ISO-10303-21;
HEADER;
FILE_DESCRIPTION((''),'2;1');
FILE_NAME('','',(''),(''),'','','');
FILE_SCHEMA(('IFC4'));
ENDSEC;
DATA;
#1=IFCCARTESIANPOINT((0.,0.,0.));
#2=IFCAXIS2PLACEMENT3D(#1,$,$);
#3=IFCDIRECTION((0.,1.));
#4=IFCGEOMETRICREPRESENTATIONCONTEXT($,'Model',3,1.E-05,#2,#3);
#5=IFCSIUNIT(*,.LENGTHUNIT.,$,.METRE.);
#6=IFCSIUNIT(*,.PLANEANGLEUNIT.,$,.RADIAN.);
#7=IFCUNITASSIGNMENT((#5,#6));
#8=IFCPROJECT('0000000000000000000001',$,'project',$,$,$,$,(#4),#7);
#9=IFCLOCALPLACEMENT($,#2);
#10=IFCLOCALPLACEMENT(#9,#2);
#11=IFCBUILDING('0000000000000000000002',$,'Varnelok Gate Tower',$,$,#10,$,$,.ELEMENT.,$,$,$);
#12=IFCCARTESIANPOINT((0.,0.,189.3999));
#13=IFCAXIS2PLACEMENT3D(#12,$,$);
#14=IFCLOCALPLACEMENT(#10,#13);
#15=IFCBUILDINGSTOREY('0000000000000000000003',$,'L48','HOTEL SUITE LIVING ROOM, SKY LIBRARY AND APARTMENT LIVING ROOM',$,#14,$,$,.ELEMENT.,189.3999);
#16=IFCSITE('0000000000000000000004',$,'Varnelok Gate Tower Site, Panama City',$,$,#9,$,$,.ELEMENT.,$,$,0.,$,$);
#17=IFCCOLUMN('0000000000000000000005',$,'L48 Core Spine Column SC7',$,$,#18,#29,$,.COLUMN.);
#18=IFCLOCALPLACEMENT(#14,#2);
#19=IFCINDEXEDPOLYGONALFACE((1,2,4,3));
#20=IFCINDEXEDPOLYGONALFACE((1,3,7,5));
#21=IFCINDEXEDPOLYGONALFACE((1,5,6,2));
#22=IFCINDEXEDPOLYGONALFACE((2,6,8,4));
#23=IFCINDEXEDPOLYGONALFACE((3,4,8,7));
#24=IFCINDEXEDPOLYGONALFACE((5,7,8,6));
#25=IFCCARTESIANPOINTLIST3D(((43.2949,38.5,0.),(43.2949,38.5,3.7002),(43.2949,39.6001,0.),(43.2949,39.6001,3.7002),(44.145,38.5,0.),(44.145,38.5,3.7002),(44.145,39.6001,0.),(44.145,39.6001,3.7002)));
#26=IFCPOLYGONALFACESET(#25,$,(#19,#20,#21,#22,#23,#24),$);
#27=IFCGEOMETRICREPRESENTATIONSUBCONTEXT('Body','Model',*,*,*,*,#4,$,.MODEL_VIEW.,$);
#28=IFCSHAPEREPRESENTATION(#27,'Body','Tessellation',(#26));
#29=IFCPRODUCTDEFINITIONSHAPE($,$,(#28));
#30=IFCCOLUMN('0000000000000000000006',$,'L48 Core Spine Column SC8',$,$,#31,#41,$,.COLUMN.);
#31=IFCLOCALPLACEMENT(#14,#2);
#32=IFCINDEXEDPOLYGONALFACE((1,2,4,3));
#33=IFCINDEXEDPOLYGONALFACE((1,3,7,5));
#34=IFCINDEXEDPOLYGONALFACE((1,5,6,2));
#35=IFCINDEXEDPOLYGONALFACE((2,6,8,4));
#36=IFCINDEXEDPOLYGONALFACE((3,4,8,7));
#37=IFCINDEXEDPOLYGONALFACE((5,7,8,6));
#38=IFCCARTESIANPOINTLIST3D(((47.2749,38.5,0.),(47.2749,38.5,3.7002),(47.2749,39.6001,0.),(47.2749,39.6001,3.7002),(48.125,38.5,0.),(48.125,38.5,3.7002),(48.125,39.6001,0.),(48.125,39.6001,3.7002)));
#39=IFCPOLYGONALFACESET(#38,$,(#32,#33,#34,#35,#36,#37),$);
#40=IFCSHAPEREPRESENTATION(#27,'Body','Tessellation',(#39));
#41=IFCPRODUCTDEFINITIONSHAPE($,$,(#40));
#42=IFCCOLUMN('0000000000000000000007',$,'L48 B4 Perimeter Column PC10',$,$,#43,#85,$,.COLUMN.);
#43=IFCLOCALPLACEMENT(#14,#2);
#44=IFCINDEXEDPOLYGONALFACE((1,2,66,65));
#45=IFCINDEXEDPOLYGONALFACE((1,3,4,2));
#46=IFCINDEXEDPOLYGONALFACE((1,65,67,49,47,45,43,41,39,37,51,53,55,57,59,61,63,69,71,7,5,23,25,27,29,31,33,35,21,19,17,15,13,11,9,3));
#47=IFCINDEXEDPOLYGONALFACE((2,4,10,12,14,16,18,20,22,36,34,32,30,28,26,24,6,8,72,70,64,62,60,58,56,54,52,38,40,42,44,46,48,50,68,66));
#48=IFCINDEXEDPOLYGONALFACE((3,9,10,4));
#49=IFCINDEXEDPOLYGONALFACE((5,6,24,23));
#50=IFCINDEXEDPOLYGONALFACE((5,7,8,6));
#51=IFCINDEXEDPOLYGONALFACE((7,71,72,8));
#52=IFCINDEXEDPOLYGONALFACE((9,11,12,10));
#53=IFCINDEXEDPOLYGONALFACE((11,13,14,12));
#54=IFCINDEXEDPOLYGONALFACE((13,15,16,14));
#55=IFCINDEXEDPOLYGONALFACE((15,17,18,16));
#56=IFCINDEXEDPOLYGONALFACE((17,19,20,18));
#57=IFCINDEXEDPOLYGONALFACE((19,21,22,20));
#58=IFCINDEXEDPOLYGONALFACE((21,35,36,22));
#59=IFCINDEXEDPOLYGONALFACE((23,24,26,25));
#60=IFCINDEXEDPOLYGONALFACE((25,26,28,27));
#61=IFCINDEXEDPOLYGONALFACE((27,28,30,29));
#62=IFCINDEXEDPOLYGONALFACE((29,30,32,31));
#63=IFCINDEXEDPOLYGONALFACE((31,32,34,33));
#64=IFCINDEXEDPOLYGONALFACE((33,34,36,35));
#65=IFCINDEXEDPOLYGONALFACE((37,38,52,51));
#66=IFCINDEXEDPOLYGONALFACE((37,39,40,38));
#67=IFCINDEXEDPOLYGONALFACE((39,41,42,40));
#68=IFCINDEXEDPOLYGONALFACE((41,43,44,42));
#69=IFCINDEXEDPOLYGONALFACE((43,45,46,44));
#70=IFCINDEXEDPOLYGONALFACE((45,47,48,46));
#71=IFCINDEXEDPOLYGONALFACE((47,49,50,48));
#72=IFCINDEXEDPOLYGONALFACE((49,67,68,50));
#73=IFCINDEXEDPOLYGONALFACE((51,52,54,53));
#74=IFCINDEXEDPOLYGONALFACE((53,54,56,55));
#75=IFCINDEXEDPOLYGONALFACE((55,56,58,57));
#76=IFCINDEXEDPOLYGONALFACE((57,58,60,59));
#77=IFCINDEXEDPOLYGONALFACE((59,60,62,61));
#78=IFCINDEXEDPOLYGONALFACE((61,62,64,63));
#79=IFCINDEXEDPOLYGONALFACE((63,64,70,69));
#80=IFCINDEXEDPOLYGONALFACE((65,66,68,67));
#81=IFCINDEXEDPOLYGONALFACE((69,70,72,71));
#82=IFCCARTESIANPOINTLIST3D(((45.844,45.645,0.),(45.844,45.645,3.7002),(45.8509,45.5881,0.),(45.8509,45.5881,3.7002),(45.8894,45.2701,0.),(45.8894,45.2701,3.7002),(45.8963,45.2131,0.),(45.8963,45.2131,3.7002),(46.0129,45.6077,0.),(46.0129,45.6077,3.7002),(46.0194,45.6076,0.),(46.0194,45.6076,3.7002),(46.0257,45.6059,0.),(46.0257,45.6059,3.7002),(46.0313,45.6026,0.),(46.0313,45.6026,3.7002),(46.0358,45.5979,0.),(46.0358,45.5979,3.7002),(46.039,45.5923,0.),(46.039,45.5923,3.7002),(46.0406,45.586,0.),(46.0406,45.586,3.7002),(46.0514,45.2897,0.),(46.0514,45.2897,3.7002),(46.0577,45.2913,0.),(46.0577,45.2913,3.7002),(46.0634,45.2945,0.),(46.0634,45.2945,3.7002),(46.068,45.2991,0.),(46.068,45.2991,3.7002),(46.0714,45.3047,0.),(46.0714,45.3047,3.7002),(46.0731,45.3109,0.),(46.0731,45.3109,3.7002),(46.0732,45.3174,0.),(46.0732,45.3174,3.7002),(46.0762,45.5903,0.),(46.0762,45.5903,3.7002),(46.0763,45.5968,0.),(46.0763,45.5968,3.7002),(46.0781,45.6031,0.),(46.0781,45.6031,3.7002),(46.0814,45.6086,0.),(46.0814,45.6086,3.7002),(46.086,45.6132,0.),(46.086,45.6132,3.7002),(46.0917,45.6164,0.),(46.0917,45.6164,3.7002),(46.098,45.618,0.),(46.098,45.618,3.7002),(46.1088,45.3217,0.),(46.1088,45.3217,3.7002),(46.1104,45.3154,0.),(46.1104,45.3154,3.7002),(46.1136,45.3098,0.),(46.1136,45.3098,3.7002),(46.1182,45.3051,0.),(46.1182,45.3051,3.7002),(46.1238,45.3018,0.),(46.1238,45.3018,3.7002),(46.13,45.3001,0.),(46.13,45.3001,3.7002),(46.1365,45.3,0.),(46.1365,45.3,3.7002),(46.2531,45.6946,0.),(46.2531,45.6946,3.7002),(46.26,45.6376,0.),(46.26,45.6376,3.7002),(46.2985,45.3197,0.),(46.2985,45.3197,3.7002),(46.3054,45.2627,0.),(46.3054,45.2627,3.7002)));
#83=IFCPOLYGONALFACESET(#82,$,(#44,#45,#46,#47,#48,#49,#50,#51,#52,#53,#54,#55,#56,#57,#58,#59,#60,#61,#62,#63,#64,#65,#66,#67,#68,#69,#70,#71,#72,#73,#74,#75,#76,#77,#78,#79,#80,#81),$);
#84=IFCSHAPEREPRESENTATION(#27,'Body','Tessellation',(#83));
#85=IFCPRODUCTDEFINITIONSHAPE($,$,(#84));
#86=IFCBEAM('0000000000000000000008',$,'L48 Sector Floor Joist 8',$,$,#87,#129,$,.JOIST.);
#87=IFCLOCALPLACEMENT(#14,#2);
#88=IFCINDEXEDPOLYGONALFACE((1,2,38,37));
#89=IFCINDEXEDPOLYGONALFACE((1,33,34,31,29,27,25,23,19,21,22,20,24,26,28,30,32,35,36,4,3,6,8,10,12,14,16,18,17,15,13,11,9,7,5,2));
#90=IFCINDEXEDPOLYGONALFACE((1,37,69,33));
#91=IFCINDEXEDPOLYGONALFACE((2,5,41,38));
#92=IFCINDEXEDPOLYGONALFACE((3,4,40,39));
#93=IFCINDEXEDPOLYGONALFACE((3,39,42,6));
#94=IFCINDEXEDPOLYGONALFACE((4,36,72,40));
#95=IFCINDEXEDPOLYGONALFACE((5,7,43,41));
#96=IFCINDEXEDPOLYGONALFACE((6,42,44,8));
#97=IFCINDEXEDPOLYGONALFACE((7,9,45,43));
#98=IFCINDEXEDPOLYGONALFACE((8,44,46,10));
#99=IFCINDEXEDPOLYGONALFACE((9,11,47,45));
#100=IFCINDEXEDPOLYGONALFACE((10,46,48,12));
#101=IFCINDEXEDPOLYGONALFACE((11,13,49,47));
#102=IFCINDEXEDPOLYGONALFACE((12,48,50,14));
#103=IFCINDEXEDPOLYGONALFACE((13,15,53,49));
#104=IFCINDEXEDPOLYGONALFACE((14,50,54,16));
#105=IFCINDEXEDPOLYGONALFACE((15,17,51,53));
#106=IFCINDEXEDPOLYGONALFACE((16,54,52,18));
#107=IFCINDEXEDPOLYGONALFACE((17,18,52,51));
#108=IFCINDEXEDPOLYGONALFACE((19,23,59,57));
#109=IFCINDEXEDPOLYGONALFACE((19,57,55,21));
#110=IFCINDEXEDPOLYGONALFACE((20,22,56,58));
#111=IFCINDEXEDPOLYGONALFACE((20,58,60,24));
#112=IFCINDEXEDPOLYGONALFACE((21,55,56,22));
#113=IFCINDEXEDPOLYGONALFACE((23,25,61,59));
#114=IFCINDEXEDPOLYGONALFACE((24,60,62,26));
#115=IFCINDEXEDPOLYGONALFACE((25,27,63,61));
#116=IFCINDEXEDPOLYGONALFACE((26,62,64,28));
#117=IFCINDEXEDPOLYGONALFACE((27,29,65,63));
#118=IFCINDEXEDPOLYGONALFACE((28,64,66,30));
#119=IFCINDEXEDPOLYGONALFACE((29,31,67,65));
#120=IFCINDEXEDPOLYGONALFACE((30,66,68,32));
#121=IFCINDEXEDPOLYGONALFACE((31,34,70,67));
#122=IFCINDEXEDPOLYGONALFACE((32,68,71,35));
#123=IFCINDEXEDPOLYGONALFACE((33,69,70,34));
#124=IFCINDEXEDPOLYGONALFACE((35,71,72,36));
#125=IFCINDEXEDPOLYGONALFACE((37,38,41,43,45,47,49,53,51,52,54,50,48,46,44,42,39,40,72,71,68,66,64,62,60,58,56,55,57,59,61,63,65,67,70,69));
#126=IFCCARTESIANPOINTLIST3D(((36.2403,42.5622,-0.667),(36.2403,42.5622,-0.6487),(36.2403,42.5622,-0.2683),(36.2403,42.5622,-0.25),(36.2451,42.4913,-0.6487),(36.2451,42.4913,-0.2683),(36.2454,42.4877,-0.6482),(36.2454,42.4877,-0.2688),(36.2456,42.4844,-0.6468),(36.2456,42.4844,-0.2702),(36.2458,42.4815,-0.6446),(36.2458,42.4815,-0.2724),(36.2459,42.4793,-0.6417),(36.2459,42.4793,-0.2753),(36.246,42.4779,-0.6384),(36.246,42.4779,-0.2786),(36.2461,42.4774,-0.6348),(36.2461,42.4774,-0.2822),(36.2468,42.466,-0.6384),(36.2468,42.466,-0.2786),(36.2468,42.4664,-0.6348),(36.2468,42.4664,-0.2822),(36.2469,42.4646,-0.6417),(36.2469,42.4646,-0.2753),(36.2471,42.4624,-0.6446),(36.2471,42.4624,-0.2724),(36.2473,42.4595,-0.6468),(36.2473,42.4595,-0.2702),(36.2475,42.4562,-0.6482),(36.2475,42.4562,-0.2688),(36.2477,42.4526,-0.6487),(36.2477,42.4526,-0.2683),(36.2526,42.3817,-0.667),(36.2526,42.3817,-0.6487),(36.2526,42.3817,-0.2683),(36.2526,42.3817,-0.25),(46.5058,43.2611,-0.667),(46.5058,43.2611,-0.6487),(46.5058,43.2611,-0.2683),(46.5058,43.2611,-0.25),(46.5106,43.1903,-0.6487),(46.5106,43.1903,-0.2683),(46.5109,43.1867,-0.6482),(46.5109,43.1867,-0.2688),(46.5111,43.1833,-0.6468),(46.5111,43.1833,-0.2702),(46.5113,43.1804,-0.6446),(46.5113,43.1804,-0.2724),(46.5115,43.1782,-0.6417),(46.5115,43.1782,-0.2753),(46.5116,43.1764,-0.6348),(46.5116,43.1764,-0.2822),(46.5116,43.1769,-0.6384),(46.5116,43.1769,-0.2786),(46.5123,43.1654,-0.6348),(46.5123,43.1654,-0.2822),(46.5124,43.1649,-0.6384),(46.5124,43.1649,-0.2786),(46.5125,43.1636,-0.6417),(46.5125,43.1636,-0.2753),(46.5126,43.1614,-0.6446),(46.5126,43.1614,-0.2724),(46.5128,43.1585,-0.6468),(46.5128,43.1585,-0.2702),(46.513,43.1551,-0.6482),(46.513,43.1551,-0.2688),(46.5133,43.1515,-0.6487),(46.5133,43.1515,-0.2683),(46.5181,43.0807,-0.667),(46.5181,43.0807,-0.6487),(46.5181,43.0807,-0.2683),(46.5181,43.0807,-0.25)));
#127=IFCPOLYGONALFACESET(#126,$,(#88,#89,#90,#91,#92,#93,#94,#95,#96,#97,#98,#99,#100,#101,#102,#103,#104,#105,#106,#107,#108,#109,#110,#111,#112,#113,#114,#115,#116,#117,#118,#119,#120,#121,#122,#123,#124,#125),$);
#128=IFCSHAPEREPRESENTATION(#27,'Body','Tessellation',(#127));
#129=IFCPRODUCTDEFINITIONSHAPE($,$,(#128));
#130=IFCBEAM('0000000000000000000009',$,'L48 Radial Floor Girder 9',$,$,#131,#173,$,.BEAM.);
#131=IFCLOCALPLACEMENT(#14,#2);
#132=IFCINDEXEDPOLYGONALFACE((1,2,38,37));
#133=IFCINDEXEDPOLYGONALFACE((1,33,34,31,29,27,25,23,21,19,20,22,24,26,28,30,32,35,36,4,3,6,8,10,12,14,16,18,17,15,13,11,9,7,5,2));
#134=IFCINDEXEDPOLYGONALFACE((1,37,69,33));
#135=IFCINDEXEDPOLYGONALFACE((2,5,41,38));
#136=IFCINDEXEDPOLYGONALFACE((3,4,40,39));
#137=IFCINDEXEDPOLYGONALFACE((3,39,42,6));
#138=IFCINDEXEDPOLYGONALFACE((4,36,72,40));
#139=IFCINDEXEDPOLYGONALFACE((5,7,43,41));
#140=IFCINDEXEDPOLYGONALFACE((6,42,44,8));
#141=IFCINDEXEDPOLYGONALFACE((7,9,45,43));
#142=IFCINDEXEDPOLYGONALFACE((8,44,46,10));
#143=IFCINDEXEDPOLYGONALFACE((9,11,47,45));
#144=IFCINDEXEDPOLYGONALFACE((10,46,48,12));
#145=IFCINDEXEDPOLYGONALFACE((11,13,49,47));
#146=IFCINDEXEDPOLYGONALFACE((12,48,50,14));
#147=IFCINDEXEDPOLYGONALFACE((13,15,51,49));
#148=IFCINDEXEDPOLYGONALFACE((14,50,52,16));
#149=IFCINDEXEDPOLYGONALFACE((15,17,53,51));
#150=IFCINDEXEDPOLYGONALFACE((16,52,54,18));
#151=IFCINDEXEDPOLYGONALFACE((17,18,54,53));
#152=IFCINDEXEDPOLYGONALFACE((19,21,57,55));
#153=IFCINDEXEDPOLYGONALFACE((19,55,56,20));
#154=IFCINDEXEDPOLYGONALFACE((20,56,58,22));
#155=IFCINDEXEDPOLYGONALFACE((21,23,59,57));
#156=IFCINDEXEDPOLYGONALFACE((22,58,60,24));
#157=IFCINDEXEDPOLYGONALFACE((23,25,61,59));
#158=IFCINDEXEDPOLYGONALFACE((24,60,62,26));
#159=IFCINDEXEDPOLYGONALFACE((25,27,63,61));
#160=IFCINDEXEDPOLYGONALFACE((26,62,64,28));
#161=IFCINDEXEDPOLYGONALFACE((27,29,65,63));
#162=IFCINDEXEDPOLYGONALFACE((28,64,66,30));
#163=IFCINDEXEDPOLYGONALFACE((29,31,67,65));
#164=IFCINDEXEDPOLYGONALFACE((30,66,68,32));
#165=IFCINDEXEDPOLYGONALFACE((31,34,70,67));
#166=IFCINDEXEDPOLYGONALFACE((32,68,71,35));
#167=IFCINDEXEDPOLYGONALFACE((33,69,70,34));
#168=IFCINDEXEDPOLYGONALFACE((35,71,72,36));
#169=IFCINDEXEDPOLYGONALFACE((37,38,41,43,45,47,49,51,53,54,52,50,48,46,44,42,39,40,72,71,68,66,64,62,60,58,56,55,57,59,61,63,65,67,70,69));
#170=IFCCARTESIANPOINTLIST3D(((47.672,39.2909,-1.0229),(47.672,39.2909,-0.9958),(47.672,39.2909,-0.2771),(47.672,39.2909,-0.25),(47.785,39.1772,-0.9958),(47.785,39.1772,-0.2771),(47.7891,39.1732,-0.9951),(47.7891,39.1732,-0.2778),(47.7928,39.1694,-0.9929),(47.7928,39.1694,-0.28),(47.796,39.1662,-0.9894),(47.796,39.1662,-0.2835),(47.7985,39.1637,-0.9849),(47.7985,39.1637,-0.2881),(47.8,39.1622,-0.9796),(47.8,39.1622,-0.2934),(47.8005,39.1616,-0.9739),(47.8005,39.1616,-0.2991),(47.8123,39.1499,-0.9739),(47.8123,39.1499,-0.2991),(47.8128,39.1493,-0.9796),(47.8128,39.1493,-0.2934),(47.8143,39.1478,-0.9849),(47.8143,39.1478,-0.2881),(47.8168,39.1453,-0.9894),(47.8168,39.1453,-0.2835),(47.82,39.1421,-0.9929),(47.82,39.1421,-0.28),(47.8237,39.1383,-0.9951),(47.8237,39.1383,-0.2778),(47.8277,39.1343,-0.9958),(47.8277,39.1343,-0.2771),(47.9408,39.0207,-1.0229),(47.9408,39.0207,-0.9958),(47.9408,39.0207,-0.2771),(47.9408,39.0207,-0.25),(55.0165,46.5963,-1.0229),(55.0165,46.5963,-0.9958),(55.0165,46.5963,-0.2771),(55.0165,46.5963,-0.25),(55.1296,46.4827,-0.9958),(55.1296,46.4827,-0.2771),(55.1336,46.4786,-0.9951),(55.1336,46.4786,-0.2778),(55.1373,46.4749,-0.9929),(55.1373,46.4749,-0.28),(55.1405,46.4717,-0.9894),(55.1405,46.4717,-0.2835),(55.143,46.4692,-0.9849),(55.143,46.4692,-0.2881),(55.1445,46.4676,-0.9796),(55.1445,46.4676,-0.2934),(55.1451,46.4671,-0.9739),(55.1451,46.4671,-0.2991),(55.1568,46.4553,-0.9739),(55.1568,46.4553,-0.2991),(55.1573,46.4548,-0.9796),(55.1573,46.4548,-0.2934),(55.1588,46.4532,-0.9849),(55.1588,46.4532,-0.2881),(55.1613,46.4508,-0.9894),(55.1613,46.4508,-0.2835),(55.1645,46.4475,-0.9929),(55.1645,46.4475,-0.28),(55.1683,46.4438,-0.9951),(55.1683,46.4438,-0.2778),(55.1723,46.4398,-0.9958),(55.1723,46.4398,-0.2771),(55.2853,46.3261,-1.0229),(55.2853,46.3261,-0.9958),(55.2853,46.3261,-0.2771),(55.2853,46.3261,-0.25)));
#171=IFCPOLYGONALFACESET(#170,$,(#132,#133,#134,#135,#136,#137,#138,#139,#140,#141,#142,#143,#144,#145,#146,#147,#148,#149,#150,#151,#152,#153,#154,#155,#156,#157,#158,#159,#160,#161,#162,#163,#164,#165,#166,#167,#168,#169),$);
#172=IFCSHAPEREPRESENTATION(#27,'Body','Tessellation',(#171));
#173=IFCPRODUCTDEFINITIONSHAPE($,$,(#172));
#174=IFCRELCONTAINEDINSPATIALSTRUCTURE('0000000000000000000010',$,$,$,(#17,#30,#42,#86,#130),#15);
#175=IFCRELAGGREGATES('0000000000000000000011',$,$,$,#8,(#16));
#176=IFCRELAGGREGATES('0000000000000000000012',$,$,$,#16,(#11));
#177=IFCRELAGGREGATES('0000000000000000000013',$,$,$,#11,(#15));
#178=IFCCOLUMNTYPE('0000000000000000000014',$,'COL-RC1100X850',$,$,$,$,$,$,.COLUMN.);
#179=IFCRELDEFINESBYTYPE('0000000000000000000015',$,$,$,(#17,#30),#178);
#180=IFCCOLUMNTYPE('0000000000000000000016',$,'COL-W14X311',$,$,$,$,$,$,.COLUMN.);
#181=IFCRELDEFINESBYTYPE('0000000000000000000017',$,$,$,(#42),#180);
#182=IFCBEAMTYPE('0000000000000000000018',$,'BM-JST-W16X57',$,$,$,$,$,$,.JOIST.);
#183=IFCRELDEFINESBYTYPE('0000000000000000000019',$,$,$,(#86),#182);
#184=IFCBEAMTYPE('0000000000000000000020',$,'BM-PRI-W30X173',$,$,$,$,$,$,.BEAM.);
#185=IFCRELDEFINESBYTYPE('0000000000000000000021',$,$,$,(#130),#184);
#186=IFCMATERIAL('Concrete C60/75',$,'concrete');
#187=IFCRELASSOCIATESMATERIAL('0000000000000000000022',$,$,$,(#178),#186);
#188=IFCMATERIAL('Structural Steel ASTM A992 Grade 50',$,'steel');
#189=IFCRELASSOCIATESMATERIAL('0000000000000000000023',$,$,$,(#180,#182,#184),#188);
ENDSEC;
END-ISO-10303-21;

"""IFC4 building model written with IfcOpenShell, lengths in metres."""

from ifc_helpers import new_model, si_unit, direction, frame, origin, origin_2d, place, context, subcontext, project, spatial, rectangle, i_section, extrude, material, material_profile, profile_set, type_object, element, save


model = new_model("IFC4")

# Units and contexts
model_context = context("Model", 3, precision=1e-05, world=origin(), true_north=direction((0.0, 1.0)))
body_context = subcontext(model_context, "Body", "Model", "MODEL_VIEW")
ifc_project = project(units=[si_unit("LENGTHUNIT", "METRE"), si_unit("PLANEANGLEUNIT", "RADIAN")], contexts=[model_context])

# Site, building, storey
site_placement = place(None, origin())
site = spatial("IfcSite", under=ifc_project, at=site_placement, Name="Varnelok Gate Tower Site, Panama City", CompositionType="ELEMENT", RefElevation=0.0)
building_placement = place(site_placement, origin())
building = spatial("IfcBuilding", under=site, at=building_placement, Name="Varnelok Gate Tower", CompositionType="ELEMENT")
storey_placement = place(building_placement, frame((0.0, 0.0, 189.3999)))
storey = spatial("IfcBuildingStorey", under=building, at=storey_placement, Name="L48", Description="HOTEL SUITE LIVING ROOM, SKY LIBRARY AND APARTMENT LIVING ROOM", CompositionType="ELEMENT", Elevation=189.3999)

# Columns
ifc_material_1 = material(Name="Concrete C60/75", Category="concrete")
ifc_material_profile_1 = material_profile(ifc_material_1, rectangle(XDim=0.8501, YDim=1.1001, at=origin_2d()), Name="RC1100X850")
ifc_profile_set_1 = profile_set([ifc_material_profile_1], Name="Concrete C60/75")
column_type_1 = type_object("IfcColumnType", Name="COL-RC1100X850", PredefinedType="COLUMN", material=ifc_profile_set_1)
for number, where, z_axis, x_axis, name in (
    (1, (43.72, 39.05, 0.0), (0.0, 0.0, 1.0), (1.0, 0.0, 0.0), "L48 Core Spine Column SC7"),
    (2, (47.7, 39.05, 0.0), (0.0, 0.0, 1.0), (1.0, 0.0, 0.0), "L48 Core Spine Column SC8"),
):
    element("IfcColumn", number, at=place(storey_placement, frame(where, z_axis=z_axis, x_axis=x_axis)), inside=storey, type_object=column_type_1, Name=name, PredefinedType="COLUMN", context=body_context, shape_type="SweptSolid", body=[
        extrude(rectangle(XDim=0.8501, YDim=1.1001, at=origin_2d()), origin(), (0.0, 0.0, 1.0), 3.7002),
    ])
ifc_material_2 = material(Name="Structural Steel ASTM A992 Grade 50", Category="steel")
ifc_material_profile_2 = material_profile(ifc_material_2, i_section(OverallWidth=0.4121, OverallDepth=0.4351, WebThickness=0.0359, FlangeThickness=0.0574, FilletRadius=0.0249, at=origin_2d()), Name="W14X311")
ifc_profile_set_2 = profile_set([ifc_material_profile_2], Name="Structural Steel ASTM A992 Grade 50")
column_type_2 = type_object("IfcColumnType", Name="COL-W14X311", PredefinedType="COLUMN", material=ifc_profile_set_2)
column_placement = place(storey_placement, frame((46.0747, 45.4539, 0.0), z_axis=(0.0, 0.0, 1.0), x_axis=(0.992732, 0.120345, 0.0)))
element("IfcColumn", 3, at=column_placement, inside=storey, type_object=column_type_2, Name="L48 B4 Perimeter Column PC10", PredefinedType="COLUMN", context=body_context, shape_type="SweptSolid", body=[
    extrude(i_section(OverallWidth=0.4121, OverallDepth=0.4351, WebThickness=0.0359, FlangeThickness=0.0574, FilletRadius=0.0249, at=origin_2d()), origin(), (0.0, 0.0, 1.0), 3.7002),
])

# Beams
ifc_material_profile_3 = material_profile(ifc_material_2, i_section(OverallWidth=0.1809, OverallDepth=0.417, WebThickness=0.011, FlangeThickness=0.0183, FilletRadius=0.0139, at=origin_2d()), Name="W16X57")
ifc_profile_set_3 = profile_set([ifc_material_profile_3], Name="Structural Steel ASTM A992 Grade 50")
beam_type_1 = type_object("IfcBeamType", Name="BM-JST-W16X57", PredefinedType="JOIST", material=ifc_profile_set_3)
beam_1_placement = place(storey_placement, frame((46.512, 43.1709, -0.4585), z_axis=(-0.99769, -0.067932, 0.0), x_axis=(0.067932, -0.99769, 0.0)))
element("IfcBeam", 4, at=beam_1_placement, inside=storey, type_object=beam_type_1, Name="L48 Sector Floor Joist 8", PredefinedType="JOIST", context=body_context, shape_type="SweptSolid", body=[
    extrude(i_section(OverallWidth=0.1809, OverallDepth=0.417, WebThickness=0.011, FlangeThickness=0.0183, FilletRadius=0.0139, at=origin_2d()), origin(), (0.0, 0.0, 1.0), 10.2893),
])
ifc_material_profile_4 = material_profile(ifc_material_2, i_section(OverallWidth=0.3811, OverallDepth=0.7729, WebThickness=0.0166, FlangeThickness=0.0271, FilletRadius=0.022, at=origin_2d()), Name="W30X173")
ifc_profile_set_4 = profile_set([ifc_material_profile_4], Name="Structural Steel ASTM A992 Grade 50")
beam_type_2 = type_object("IfcBeamType", Name="BM-PRI-W30X173", PredefinedType="BEAM", material=ifc_profile_set_4)
beam_2_placement = place(storey_placement, frame((47.8064, 39.1558, -0.6365), z_axis=(0.70899, 0.705219, 0.0), x_axis=(-0.705219, 0.70899, 0.0)))
element("IfcBeam", 5, at=beam_2_placement, inside=storey, type_object=beam_type_2, Name="L48 Radial Floor Girder 9", PredefinedType="BEAM", context=body_context, shape_type="SweptSolid", body=[
    extrude(i_section(OverallWidth=0.3811, OverallDepth=0.7729, WebThickness=0.0166, FlangeThickness=0.0271, FilletRadius=0.022, at=origin_2d()), origin(), (0.0, 0.0, 1.0), 10.3591),
])

save(model, "model.ifc")
